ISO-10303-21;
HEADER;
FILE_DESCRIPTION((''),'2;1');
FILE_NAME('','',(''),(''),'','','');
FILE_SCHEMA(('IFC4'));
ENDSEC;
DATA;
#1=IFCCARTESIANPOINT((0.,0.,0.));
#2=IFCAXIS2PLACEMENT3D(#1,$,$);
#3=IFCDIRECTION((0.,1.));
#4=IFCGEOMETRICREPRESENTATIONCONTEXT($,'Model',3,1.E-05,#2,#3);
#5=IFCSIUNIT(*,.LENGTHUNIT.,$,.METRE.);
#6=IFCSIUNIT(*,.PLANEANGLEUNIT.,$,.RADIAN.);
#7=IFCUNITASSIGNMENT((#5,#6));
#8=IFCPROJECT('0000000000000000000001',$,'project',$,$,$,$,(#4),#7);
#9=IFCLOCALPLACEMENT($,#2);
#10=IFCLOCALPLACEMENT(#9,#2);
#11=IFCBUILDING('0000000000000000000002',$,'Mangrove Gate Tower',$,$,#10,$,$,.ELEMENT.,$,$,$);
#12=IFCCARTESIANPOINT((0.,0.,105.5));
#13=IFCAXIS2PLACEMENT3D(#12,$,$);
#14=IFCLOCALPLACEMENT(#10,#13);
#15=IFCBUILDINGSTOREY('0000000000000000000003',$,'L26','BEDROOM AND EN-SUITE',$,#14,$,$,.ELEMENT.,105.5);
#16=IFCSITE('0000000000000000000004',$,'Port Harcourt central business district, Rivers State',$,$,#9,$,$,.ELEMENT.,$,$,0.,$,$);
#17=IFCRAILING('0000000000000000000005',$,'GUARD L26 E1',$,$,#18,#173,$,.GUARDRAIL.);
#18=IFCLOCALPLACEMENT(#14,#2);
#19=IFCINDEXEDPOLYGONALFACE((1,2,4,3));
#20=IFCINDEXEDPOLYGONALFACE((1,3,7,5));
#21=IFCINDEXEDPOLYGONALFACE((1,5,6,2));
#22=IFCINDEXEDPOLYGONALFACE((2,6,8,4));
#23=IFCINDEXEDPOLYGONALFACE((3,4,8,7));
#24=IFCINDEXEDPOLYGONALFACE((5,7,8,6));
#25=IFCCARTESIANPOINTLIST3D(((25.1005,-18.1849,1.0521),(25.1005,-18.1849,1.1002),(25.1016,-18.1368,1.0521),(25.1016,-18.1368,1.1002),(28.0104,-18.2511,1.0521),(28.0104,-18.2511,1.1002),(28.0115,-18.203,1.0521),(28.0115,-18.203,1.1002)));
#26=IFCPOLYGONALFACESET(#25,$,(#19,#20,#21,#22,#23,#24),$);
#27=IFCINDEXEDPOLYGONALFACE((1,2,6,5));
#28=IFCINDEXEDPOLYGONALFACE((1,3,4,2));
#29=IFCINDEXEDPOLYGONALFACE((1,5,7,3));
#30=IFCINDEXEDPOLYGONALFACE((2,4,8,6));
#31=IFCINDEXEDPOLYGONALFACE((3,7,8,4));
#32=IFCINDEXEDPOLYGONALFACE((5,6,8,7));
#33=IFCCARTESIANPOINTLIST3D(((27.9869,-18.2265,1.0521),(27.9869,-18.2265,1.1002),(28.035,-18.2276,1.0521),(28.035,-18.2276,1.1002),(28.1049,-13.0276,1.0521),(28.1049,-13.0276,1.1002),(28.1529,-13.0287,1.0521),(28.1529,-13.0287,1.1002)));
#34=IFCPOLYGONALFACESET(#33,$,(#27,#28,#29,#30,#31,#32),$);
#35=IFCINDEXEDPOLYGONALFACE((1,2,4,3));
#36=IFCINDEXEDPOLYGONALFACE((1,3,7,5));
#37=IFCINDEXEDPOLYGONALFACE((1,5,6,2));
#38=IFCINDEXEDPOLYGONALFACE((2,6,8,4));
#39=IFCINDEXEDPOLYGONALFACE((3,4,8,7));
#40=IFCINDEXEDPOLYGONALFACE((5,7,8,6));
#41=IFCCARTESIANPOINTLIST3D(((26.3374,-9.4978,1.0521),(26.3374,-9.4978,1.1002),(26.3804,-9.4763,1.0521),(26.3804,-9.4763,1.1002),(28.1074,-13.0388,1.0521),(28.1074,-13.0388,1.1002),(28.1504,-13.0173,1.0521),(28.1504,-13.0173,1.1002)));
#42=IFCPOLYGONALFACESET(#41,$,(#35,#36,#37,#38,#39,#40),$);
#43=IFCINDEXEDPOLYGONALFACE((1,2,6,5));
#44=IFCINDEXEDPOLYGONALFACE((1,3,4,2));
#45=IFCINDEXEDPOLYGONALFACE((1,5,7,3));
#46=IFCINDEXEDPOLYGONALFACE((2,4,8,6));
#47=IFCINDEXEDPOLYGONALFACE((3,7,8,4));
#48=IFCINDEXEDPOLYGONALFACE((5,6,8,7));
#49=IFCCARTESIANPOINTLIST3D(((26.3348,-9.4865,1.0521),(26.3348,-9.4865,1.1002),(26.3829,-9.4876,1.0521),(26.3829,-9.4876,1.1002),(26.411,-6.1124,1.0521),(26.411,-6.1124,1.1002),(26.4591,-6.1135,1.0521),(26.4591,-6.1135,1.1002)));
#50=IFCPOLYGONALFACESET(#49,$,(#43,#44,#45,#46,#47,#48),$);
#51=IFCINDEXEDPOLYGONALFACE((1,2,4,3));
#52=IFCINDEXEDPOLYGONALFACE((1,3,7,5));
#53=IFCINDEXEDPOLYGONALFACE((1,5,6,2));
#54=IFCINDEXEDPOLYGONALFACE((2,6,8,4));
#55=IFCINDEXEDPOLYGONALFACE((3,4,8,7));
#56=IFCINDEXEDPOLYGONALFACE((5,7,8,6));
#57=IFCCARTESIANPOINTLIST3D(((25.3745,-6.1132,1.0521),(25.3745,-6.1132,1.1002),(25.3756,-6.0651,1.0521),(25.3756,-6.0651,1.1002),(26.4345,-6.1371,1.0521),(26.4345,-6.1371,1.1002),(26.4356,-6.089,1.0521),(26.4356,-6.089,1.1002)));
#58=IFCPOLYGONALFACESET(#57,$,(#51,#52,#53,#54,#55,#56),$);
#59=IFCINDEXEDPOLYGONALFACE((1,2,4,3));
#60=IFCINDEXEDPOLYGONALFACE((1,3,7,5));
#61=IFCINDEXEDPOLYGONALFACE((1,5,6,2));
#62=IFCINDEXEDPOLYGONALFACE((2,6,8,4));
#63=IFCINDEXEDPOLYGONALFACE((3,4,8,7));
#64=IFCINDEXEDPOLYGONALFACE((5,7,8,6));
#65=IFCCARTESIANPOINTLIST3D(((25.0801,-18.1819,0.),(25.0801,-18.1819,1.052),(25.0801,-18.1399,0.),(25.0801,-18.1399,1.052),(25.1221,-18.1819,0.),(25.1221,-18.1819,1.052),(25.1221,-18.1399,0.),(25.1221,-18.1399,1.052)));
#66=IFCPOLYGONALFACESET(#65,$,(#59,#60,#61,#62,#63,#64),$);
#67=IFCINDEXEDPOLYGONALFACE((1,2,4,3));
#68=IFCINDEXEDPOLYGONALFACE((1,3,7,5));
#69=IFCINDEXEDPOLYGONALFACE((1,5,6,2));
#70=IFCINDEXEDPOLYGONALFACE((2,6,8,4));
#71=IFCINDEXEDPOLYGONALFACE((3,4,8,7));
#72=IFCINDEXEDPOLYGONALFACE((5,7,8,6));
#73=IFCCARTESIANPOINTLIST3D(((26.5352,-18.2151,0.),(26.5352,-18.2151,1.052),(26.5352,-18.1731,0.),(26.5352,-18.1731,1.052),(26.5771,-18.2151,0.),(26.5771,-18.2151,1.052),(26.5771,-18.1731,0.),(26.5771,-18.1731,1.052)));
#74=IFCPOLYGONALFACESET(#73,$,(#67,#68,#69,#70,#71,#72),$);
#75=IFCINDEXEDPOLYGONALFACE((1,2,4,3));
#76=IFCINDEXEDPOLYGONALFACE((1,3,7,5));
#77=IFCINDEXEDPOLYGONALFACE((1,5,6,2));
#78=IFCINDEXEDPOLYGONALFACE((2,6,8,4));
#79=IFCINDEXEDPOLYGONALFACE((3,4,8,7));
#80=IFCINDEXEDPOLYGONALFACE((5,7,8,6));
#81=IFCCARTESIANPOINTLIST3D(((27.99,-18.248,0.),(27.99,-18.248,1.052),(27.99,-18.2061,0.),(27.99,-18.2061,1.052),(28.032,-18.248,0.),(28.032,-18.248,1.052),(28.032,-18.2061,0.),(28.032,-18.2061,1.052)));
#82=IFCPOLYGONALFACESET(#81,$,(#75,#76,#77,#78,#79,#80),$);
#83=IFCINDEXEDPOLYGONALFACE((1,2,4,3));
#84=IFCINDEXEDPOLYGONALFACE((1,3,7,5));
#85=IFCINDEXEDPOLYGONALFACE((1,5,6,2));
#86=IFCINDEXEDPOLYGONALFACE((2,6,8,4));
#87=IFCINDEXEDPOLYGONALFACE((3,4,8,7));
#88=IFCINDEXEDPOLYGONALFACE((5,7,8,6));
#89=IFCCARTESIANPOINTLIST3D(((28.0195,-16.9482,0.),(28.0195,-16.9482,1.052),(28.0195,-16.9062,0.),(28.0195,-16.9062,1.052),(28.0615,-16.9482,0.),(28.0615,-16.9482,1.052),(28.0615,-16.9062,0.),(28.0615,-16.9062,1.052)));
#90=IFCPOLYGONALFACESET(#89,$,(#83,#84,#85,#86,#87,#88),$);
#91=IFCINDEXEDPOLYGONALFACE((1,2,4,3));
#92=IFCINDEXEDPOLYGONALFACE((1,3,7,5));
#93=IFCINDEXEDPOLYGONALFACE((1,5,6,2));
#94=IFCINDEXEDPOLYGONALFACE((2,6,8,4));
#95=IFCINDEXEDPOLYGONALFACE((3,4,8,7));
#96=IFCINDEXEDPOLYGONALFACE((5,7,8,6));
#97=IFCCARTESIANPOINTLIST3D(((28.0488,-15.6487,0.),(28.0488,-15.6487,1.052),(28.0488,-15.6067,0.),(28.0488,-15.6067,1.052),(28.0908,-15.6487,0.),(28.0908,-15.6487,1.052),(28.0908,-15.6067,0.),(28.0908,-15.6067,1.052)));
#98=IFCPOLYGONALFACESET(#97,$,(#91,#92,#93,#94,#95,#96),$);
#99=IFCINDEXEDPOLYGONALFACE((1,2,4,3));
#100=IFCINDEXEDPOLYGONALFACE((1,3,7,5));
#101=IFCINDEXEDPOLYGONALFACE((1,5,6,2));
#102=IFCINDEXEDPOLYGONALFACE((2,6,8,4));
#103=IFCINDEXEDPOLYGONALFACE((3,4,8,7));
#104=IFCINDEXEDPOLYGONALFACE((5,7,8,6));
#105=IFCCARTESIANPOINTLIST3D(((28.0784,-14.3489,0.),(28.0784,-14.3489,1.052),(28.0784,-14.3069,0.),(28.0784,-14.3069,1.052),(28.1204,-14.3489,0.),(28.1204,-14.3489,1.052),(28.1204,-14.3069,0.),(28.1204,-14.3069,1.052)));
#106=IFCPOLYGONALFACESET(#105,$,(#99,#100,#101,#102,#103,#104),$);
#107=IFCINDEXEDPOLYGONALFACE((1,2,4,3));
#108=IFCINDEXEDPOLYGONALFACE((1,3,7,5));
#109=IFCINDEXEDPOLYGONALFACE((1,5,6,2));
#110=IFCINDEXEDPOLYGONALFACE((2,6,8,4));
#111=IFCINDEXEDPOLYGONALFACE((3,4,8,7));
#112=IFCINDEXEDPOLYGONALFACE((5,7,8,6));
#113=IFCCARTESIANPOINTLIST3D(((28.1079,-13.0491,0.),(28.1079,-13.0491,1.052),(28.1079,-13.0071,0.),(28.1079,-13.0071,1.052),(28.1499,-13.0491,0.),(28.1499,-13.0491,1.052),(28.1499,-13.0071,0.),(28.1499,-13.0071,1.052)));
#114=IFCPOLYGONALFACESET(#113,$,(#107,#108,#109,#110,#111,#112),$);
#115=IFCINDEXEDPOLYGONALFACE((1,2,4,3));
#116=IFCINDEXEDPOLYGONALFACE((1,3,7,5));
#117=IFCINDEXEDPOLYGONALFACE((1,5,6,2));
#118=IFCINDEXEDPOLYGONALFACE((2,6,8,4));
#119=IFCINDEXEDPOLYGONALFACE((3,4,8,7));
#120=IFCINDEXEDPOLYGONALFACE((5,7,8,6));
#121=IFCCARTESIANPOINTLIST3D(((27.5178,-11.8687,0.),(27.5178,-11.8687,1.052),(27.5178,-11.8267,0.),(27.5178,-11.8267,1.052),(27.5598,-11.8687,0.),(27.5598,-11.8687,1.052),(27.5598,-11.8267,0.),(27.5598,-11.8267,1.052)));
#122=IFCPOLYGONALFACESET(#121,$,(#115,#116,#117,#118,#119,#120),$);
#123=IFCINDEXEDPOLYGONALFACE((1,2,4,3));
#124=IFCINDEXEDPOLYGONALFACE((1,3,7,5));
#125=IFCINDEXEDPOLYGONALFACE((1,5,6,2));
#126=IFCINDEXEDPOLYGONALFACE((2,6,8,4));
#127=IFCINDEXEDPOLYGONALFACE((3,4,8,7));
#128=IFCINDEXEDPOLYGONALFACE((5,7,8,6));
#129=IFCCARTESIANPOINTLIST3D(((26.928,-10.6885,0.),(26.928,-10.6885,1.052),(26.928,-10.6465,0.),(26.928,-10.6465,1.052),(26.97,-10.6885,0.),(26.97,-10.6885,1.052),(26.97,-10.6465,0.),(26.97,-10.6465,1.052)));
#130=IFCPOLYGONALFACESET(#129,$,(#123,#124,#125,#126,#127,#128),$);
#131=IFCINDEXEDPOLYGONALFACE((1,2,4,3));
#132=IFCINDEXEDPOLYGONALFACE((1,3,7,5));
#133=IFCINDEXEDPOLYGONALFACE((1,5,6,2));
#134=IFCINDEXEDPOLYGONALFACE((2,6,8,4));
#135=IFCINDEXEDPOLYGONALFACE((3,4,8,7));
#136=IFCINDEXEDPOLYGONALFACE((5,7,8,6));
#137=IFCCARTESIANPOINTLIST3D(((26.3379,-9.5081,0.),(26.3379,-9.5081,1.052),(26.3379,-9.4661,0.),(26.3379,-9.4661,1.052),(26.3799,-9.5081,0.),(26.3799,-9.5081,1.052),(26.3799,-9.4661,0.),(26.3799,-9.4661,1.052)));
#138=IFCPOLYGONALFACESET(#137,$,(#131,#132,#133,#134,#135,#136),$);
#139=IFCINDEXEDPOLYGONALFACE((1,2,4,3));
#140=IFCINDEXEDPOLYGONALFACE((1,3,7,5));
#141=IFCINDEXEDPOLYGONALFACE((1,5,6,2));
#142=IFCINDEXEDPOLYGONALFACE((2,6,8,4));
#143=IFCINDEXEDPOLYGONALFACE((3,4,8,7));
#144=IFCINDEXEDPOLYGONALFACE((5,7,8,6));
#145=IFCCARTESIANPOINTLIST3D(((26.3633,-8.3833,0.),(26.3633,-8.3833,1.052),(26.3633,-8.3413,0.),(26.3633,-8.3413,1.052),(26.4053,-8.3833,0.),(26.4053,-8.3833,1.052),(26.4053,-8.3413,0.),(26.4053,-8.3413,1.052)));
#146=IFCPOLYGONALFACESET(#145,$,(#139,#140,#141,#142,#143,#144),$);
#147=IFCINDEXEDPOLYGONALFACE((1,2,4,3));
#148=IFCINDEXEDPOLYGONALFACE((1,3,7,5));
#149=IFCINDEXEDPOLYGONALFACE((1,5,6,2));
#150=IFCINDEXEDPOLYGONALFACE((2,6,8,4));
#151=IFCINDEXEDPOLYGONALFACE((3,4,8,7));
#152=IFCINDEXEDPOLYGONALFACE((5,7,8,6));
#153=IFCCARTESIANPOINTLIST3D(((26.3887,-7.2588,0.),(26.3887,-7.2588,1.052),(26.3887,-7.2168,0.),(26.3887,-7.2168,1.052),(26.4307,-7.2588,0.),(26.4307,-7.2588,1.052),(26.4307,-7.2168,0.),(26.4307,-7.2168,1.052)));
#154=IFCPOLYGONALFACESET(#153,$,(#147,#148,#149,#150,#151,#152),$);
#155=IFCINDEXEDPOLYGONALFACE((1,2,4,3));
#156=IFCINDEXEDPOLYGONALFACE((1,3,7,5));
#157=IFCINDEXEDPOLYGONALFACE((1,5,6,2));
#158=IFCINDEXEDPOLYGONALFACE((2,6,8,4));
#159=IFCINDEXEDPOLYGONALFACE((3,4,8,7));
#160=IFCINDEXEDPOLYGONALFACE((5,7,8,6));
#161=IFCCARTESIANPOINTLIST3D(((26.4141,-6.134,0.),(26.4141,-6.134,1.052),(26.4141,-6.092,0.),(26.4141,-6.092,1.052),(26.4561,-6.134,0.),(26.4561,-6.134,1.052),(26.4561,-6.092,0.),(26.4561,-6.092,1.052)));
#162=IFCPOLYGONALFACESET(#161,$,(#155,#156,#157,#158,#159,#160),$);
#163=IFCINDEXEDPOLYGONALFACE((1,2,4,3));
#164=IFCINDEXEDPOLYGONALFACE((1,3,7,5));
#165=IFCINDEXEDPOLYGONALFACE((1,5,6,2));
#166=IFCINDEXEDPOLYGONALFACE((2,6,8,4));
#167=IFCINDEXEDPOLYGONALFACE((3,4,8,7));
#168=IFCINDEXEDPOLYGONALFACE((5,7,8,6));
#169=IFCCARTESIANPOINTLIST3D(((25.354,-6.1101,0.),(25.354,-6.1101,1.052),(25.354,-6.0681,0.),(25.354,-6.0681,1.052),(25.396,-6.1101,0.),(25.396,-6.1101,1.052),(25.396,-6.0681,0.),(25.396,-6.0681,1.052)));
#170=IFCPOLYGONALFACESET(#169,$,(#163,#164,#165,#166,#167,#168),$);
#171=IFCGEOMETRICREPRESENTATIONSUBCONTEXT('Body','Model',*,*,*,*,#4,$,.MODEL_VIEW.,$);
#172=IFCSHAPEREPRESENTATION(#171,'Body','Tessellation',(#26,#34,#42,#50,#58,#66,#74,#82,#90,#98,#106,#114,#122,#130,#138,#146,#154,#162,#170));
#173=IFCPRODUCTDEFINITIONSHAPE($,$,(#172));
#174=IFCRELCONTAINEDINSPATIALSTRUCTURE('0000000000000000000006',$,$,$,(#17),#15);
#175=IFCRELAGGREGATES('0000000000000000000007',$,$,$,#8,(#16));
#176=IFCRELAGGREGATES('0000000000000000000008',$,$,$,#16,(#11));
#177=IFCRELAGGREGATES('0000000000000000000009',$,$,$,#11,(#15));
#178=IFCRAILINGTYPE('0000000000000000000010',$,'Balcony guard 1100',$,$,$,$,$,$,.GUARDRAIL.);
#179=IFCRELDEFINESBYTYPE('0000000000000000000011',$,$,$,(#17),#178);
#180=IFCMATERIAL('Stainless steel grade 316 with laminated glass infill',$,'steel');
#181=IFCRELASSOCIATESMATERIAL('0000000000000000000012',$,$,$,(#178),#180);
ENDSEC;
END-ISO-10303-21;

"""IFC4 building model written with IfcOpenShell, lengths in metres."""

from ifc_helpers import new_model, si_unit, direction, frame, origin, origin_2d, place, context, subcontext, project, spatial, rectangle, extrude, material, type_object, element, save


model = new_model("IFC4")

# Units and contexts
model_context = context("Model", 3, precision=1e-05, world=origin(), true_north=direction((0.0, 1.0)))
body_context = subcontext(model_context, "Body", "Model", "MODEL_VIEW")
ifc_project = project(units=[si_unit("LENGTHUNIT", "METRE"), si_unit("PLANEANGLEUNIT", "RADIAN")], contexts=[model_context])

# Site, building, storey
site_placement = place(None, origin())
site = spatial("IfcSite", under=ifc_project, at=site_placement, Name="Port Harcourt central business district, Rivers State", CompositionType="ELEMENT", RefElevation=0.0)
building_placement = place(site_placement, origin())
building = spatial("IfcBuilding", under=site, at=building_placement, Name="Mangrove Gate Tower", CompositionType="ELEMENT")
storey_placement = place(building_placement, frame((0.0, 0.0, 105.5)))
storey = spatial("IfcBuildingStorey", under=building, at=storey_placement, Name="L26", Description="BEDROOM AND EN-SUITE", CompositionType="ELEMENT", Elevation=105.5)

# Railing
ifc_material_1 = material(Name="Stainless steel grade 316 with laminated glass infill", Category="steel")
railing_type = type_object("IfcRailingType", Name="Balcony guard 1100", PredefinedType="GUARDRAIL", material=ifc_material_1)
railing_placement = place(storey_placement, frame((25.1011, -18.1609, 0.0)))
element("IfcRailing", 1, at=railing_placement, inside=storey, type_object=railing_type, Name="GUARD L26 E1", PredefinedType="GUARDRAIL", context=body_context, shape_type="SweptSolid", body=[
    extrude(rectangle(XDim=0.0481, YDim=0.0481, at=origin_2d()), frame((0.0, 0.0, 1.0762), z_axis=(0.999742, -0.022731, 0.0), x_axis=(0.022731, 0.999742, 0.0)), (0.0, 0.0, 1.0), 2.9106),
    extrude(rectangle(XDim=0.0481, YDim=0.0481, at=origin_2d()), frame((2.9099, -0.0662, 1.0762), z_axis=(0.022676, 0.999743, 0.0), x_axis=(-0.999743, 0.022676, 0.0)), (0.0, 0.0, 1.0), 5.2002),
    extrude(rectangle(XDim=0.0481, YDim=0.0481, at=origin_2d()), frame((3.0278, 5.1328, 1.0762), z_axis=(-0.447115, 0.894477, 0.0), x_axis=(-0.894477, -0.447115, 0.0)), (0.0, 0.0, 1.0), 3.9587),
    extrude(rectangle(XDim=0.0481, YDim=0.0481, at=origin_2d()), frame((1.2578, 8.6738, 1.0762), z_axis=(0.02257, 0.999745, 0.0), x_axis=(-0.999745, 0.02257, 0.0)), (0.0, 0.0, 1.0), 3.375),
    extrude(rectangle(XDim=0.0481, YDim=0.0481, at=origin_2d()), frame((1.334, 12.0479, 1.0762), z_axis=(-0.999745, 0.022564, 0.0), x_axis=(-0.022564, -0.999745, 0.0)), (0.0, 0.0, 1.0), 1.0603),
    extrude(rectangle(XDim=0.042, YDim=0.042, at=origin_2d()), origin(), (0.0, 0.0, 1.0), 1.052),
    extrude(rectangle(XDim=0.042, YDim=0.042, at=origin_2d()), frame((1.4551, -0.0332, 0.0)), (0.0, 0.0, 1.0), 1.052),
    extrude(rectangle(XDim=0.042, YDim=0.042, at=origin_2d()), frame((2.9099, -0.0662, 0.0)), (0.0, 0.0, 1.0), 1.052),
    extrude(rectangle(XDim=0.042, YDim=0.042, at=origin_2d()), frame((2.9395, 1.2336, 0.0)), (0.0, 0.0, 1.0), 1.052),
    extrude(rectangle(XDim=0.042, YDim=0.042, at=origin_2d()), frame((2.9688, 2.5332, 0.0)), (0.0, 0.0, 1.0), 1.052),
    extrude(rectangle(XDim=0.042, YDim=0.042, at=origin_2d()), frame((2.9983, 3.833, 0.0)), (0.0, 0.0, 1.0), 1.052),
    extrude(rectangle(XDim=0.042, YDim=0.042, at=origin_2d()), frame((3.0278, 5.1328, 0.0)), (0.0, 0.0, 1.0), 1.052),
    extrude(rectangle(XDim=0.042, YDim=0.042, at=origin_2d()), frame((2.4377, 6.3132, 0.0)), (0.0, 0.0, 1.0), 1.052),
    extrude(rectangle(XDim=0.042, YDim=0.042, at=origin_2d()), frame((1.8479, 7.4934, 0.0)), (0.0, 0.0, 1.0), 1.052),
    extrude(rectangle(XDim=0.042, YDim=0.042, at=origin_2d()), frame((1.2578, 8.6738, 0.0)), (0.0, 0.0, 1.0), 1.052),
    extrude(rectangle(XDim=0.042, YDim=0.042, at=origin_2d()), frame((1.2832, 9.7986, 0.0)), (0.0, 0.0, 1.0), 1.052),
    extrude(rectangle(XDim=0.042, YDim=0.042, at=origin_2d()), frame((1.3086, 10.9231, 0.0)), (0.0, 0.0, 1.0), 1.052),
    extrude(rectangle(XDim=0.042, YDim=0.042, at=origin_2d()), frame((1.334, 12.0479, 0.0)), (0.0, 0.0, 1.0), 1.052),
    extrude(rectangle(XDim=0.042, YDim=0.042, at=origin_2d()), frame((0.2739, 12.0718, 0.0)), (0.0, 0.0, 1.0), 1.052),
])

save(model, "model.ifc")
